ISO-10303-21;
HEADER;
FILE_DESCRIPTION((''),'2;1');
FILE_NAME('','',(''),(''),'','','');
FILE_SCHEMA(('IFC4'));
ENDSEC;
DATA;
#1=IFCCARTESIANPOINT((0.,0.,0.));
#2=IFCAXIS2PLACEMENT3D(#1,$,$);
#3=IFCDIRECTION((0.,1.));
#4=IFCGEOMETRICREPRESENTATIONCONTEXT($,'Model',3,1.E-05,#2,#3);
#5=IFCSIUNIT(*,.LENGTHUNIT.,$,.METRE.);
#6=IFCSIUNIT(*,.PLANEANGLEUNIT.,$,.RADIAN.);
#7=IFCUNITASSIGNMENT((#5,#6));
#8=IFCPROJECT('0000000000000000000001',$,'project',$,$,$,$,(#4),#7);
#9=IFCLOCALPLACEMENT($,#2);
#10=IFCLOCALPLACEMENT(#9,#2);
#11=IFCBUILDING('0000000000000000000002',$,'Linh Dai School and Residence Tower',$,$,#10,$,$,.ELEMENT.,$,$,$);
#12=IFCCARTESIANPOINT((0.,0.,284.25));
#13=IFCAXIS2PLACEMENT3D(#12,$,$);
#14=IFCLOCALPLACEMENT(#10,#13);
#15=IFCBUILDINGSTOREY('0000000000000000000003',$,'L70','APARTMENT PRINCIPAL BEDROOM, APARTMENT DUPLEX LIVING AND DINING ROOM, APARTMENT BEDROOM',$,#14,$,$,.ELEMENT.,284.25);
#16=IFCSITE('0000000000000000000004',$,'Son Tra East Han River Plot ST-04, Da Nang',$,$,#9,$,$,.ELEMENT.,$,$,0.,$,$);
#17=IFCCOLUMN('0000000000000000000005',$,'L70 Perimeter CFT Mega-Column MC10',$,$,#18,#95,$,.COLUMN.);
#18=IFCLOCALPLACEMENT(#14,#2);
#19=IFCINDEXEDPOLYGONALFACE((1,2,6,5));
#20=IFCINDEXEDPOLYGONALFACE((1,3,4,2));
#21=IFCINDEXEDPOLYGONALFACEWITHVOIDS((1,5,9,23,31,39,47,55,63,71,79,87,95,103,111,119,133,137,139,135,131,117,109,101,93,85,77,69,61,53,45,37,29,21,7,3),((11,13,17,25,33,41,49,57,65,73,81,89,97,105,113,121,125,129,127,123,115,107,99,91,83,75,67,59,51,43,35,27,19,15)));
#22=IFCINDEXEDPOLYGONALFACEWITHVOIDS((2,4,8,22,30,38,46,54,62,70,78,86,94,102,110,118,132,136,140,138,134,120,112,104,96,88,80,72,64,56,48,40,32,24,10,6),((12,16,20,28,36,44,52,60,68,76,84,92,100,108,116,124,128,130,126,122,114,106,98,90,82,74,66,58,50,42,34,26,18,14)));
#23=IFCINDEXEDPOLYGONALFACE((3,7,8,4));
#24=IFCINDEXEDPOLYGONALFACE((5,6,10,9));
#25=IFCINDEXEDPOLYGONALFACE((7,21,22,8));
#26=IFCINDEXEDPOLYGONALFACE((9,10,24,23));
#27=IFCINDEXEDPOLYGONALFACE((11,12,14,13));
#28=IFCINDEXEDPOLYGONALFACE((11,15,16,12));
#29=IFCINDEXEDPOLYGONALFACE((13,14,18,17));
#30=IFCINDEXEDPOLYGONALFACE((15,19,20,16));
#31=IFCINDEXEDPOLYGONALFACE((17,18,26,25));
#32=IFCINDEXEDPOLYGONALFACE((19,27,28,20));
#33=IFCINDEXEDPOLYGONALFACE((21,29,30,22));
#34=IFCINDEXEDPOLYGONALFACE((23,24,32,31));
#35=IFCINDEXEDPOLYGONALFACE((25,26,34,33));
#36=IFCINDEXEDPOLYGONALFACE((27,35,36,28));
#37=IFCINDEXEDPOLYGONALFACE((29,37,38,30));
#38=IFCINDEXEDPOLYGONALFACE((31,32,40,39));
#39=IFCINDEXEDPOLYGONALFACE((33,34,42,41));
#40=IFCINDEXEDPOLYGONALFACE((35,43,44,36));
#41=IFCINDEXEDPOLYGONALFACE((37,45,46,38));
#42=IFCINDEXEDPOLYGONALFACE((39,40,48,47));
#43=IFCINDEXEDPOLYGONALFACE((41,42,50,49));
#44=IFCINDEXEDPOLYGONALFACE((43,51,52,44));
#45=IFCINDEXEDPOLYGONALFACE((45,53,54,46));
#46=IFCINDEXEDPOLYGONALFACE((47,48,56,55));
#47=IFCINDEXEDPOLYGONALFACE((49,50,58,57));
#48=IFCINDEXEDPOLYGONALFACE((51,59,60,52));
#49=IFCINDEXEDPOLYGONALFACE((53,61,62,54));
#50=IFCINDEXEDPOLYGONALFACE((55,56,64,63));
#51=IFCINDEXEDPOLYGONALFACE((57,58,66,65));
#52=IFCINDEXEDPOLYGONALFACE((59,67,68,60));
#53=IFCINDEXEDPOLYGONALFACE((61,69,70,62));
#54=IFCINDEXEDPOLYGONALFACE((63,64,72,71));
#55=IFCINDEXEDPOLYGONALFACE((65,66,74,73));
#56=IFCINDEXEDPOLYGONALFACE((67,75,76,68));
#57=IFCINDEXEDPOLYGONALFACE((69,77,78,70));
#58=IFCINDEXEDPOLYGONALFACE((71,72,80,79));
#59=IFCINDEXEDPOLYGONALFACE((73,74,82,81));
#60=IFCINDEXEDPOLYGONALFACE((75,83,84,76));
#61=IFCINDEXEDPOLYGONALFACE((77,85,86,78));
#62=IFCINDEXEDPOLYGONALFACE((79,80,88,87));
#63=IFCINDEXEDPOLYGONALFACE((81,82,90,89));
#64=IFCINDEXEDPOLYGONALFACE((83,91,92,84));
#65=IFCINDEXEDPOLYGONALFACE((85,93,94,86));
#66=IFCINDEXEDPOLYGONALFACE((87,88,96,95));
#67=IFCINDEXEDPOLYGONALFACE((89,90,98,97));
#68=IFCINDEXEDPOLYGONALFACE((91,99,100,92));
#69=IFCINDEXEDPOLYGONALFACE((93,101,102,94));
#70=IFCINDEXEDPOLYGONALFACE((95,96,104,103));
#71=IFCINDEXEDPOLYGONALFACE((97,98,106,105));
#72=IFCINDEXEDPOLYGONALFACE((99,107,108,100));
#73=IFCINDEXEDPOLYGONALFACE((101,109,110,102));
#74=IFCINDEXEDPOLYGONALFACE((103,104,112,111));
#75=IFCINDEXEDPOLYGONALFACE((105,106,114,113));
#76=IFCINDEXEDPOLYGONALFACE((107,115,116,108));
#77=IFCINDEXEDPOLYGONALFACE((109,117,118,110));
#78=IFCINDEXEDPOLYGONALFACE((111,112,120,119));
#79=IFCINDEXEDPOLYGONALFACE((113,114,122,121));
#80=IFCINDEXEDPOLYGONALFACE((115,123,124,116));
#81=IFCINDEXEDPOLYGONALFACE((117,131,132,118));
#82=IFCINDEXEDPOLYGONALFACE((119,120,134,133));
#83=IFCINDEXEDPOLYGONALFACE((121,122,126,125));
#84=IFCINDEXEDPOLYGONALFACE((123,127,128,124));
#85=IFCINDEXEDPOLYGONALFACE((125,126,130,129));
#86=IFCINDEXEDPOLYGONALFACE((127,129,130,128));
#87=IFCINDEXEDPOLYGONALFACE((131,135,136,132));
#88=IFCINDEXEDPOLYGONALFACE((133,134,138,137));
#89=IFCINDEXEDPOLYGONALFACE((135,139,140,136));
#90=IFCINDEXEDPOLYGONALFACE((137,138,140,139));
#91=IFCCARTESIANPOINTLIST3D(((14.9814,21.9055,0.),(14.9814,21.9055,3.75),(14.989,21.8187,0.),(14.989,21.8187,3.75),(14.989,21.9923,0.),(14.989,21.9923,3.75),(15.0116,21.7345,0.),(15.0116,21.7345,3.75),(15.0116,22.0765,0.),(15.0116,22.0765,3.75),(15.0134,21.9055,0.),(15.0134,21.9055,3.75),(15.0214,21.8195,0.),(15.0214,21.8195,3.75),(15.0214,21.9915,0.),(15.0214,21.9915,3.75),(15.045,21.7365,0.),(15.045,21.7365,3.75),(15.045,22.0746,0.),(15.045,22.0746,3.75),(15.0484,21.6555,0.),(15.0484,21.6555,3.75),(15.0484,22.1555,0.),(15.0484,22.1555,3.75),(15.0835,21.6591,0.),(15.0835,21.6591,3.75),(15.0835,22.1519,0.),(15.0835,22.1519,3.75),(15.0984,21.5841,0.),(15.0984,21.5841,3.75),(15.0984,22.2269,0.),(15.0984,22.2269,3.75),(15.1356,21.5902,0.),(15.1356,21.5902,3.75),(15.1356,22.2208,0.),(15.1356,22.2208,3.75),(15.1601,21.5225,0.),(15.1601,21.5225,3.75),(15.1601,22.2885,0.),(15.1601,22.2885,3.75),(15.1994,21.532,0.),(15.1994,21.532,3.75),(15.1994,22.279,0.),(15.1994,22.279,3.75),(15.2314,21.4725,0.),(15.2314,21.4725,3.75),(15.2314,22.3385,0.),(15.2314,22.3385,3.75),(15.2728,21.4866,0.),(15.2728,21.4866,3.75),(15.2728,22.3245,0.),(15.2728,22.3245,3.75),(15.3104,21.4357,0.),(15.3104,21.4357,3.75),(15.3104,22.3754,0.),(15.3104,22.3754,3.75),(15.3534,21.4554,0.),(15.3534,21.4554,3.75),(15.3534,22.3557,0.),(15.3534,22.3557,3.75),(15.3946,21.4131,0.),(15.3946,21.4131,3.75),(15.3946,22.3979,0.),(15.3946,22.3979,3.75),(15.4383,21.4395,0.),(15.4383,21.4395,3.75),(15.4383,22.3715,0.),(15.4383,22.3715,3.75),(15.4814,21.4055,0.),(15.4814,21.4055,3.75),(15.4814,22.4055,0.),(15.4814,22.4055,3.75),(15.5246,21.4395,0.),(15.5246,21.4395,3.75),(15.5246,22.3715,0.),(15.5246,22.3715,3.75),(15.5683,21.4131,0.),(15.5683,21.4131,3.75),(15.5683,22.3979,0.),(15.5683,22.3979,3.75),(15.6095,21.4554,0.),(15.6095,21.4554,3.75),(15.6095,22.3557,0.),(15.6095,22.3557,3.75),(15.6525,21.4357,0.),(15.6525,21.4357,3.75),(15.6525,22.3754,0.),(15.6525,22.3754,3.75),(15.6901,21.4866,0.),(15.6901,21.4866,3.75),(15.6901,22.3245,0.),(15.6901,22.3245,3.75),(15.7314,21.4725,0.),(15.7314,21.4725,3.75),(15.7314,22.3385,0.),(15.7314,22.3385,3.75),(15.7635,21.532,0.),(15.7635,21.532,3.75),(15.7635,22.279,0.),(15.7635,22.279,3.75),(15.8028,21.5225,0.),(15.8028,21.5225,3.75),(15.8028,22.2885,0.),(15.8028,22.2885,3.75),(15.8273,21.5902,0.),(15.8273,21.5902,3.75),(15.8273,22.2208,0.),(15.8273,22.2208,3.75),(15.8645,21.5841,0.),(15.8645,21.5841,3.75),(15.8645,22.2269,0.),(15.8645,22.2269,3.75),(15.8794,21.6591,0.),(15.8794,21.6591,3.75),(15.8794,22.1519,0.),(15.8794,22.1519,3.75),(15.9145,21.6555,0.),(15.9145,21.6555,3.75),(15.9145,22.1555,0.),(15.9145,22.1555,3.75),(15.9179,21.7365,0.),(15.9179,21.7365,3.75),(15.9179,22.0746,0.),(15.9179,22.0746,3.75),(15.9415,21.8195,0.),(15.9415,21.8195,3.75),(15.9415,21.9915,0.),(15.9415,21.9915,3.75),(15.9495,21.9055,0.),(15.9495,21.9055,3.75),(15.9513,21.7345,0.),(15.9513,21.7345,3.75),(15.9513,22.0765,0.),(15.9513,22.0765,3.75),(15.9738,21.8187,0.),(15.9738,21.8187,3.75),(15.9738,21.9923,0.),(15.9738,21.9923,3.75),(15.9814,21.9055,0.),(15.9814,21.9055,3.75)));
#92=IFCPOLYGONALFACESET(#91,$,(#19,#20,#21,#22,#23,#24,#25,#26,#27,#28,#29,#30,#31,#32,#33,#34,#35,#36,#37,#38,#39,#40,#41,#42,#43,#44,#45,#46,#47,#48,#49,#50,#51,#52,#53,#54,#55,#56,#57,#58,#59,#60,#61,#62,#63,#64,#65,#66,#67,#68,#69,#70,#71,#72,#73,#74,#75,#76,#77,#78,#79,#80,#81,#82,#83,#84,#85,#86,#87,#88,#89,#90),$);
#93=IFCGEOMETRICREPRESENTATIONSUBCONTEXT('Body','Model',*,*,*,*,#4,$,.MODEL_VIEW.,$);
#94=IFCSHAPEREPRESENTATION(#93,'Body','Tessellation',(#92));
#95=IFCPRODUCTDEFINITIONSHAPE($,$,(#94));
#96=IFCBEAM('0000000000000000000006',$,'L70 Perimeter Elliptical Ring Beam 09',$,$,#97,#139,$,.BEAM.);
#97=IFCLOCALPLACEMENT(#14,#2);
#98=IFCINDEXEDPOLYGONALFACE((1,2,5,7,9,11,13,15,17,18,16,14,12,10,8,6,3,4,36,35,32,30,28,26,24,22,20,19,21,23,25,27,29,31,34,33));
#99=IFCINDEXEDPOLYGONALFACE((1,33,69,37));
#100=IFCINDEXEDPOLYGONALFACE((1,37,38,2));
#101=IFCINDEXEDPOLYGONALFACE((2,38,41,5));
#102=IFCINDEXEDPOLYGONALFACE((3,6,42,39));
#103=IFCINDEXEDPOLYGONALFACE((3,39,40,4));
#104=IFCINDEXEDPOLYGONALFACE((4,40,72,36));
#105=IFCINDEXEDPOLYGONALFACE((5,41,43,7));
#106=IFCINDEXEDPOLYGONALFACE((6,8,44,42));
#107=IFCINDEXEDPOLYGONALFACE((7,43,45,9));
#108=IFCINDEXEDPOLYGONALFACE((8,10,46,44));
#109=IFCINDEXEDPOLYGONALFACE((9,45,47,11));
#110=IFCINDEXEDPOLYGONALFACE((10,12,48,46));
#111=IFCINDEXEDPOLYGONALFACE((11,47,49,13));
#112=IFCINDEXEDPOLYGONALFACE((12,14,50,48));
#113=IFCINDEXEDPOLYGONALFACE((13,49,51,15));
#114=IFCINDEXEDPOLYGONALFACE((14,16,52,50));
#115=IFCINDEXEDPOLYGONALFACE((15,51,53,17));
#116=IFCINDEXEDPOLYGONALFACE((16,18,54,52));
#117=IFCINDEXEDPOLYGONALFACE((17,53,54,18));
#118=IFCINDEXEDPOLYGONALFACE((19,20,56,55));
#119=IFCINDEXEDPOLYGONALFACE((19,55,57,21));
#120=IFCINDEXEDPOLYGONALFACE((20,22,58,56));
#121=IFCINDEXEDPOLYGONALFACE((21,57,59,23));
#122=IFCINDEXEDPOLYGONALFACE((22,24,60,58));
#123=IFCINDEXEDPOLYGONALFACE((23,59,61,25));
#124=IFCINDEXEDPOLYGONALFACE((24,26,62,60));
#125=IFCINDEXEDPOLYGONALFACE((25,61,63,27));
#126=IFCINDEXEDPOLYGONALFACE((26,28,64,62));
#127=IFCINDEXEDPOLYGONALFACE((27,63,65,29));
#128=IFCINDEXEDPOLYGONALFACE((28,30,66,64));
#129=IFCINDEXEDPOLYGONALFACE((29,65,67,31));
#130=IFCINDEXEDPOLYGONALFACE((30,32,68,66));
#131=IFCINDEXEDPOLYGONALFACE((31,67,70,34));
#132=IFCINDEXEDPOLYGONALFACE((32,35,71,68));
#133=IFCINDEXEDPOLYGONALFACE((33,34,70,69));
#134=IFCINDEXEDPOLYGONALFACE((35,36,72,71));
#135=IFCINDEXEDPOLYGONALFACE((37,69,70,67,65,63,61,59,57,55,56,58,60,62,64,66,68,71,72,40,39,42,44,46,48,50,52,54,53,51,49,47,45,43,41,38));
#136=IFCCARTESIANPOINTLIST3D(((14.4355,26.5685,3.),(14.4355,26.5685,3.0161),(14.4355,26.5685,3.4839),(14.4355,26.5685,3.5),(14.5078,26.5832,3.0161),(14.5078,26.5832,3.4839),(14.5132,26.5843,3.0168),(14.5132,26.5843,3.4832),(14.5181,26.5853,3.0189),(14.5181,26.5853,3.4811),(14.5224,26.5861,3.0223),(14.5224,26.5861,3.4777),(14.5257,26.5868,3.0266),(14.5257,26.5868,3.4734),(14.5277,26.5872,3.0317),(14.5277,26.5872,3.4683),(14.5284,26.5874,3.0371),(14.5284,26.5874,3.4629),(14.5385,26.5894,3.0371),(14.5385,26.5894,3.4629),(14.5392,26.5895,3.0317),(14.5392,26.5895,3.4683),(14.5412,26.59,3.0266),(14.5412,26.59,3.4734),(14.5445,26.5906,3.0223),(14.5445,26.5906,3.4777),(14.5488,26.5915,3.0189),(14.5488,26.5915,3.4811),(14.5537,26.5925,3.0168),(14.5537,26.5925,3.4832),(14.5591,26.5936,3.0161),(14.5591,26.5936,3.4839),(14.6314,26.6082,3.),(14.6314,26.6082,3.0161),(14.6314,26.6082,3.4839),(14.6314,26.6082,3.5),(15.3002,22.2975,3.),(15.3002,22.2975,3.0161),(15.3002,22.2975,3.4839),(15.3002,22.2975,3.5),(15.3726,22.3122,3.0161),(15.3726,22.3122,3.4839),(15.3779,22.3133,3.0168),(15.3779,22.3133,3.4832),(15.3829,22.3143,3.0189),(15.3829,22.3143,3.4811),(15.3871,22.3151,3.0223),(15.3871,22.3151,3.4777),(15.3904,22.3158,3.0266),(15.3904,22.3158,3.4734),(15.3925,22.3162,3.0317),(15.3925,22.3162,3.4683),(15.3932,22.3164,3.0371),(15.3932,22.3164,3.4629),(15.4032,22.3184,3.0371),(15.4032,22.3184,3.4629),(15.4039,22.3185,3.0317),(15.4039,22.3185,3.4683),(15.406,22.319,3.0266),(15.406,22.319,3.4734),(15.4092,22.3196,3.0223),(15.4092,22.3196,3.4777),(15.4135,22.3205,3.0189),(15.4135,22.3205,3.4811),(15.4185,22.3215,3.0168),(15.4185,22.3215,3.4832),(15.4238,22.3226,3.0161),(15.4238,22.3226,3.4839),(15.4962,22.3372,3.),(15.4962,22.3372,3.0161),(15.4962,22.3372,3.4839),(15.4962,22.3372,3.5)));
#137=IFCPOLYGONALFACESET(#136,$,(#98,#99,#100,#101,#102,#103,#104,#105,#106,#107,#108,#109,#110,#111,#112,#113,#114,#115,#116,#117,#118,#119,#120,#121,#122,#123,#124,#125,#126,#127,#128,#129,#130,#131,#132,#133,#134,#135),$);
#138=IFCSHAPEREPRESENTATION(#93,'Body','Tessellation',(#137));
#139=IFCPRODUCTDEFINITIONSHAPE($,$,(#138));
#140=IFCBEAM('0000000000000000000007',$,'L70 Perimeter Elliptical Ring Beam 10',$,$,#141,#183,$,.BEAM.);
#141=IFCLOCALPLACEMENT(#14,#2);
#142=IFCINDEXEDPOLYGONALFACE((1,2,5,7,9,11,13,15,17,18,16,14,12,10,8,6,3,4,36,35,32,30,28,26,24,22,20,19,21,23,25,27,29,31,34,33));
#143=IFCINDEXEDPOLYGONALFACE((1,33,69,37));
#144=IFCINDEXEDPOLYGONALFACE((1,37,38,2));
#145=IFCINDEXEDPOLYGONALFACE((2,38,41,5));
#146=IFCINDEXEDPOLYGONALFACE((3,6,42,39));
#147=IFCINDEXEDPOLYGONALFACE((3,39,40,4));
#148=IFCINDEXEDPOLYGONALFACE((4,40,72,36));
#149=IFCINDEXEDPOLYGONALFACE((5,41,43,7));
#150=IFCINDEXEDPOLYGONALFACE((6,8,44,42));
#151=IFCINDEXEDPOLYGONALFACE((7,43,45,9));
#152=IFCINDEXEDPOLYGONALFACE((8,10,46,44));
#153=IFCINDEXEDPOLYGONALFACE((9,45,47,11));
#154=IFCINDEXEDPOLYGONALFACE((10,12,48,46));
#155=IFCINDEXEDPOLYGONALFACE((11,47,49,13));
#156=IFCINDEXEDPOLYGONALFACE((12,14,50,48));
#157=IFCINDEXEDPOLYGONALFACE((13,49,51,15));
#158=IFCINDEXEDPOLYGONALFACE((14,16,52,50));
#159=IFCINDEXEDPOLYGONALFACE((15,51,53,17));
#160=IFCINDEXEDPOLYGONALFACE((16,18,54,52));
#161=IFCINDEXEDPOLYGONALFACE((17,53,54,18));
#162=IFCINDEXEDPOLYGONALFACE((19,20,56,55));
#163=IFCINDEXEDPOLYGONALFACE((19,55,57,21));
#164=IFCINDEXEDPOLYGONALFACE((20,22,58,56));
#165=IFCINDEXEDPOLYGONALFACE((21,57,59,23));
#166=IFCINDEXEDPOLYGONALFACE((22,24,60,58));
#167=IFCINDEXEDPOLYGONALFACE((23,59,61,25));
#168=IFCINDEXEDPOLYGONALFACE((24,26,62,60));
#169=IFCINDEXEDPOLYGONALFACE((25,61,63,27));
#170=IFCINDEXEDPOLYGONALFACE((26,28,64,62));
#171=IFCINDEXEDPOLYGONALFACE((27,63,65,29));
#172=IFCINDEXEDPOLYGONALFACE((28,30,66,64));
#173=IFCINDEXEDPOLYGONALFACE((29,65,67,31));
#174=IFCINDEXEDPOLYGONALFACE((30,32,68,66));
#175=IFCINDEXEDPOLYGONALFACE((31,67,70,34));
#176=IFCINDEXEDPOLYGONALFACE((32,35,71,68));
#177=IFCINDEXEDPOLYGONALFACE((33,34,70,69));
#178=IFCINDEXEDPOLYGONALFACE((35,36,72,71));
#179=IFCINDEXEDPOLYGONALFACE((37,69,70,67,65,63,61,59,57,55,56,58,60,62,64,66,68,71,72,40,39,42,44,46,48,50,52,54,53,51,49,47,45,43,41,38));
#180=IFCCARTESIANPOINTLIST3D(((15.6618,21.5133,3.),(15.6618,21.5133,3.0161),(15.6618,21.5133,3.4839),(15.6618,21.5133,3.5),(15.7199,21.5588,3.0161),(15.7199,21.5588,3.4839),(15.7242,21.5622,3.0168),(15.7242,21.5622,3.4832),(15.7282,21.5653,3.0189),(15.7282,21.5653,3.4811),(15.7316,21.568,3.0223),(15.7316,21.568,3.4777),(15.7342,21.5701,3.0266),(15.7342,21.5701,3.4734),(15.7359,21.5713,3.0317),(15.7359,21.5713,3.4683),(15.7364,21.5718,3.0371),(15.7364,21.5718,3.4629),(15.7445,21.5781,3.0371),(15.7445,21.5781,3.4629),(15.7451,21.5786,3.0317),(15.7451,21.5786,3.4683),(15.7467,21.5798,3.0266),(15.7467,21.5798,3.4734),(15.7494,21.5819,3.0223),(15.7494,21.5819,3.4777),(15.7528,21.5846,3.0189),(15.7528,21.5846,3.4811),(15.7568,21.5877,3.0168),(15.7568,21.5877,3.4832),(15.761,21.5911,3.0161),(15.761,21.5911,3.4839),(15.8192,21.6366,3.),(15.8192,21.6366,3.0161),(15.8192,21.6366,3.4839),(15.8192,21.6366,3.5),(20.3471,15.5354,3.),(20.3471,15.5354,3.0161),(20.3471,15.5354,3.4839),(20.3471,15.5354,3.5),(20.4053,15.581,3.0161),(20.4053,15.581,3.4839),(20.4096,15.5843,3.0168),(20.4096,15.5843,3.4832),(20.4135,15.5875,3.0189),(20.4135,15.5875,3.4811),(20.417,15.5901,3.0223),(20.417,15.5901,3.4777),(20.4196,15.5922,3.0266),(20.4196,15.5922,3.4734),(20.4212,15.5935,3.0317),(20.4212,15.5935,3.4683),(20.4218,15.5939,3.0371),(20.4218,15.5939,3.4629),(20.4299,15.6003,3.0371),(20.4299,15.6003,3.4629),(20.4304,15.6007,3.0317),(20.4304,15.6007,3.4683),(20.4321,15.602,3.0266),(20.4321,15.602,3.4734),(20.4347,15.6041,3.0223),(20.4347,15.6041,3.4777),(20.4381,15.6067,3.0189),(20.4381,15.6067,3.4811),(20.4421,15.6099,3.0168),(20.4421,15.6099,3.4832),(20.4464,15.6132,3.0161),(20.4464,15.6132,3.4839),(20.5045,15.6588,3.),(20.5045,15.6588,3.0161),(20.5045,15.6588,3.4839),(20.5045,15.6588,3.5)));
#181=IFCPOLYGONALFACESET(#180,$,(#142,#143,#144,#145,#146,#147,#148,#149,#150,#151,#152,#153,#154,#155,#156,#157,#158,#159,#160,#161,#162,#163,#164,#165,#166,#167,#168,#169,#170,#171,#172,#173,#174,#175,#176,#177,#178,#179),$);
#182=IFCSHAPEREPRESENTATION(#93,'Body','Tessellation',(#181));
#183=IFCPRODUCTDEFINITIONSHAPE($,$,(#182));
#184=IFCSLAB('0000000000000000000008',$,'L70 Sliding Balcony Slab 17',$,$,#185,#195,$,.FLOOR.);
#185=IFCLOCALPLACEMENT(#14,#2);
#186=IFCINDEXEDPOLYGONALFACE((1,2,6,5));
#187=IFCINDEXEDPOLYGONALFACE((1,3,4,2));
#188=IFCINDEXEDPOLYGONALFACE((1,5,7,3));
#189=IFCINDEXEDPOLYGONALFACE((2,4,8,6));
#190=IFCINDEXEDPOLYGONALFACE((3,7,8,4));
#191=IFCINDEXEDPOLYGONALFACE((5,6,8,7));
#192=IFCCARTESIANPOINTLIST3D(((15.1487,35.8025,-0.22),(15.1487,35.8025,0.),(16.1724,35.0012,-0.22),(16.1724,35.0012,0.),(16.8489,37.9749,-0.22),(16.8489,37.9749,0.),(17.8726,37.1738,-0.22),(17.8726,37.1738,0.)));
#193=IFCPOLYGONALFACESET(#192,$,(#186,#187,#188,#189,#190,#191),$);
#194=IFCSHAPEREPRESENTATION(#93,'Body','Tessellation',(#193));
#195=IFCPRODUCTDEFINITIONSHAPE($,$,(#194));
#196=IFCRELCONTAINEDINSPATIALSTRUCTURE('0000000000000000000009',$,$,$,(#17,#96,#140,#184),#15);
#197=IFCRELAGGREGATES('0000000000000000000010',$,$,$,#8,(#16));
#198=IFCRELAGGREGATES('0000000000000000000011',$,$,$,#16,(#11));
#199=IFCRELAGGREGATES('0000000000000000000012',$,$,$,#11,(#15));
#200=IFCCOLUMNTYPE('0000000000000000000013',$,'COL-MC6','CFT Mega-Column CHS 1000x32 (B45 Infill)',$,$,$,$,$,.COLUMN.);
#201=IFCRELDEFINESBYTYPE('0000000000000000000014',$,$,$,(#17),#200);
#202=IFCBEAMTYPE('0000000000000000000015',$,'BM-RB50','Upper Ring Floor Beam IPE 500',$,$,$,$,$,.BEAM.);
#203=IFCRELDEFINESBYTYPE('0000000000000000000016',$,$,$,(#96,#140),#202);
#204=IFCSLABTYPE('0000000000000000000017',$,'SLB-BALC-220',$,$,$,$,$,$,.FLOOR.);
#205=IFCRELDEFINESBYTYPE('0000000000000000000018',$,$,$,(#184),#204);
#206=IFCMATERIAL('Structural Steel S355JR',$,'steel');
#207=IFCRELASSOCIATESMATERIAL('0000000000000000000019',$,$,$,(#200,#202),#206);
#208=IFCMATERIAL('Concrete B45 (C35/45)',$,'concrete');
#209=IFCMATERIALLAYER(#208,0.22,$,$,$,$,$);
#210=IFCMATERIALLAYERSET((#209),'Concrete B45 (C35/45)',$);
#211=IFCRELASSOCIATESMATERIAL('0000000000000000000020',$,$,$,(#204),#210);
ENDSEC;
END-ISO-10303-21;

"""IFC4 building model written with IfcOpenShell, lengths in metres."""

from ifc_helpers import new_model, si_unit, direction, frame, origin, origin_2d, place, context, subcontext, project, spatial, polyline, hollow_circle, i_section, outline, extrude, material, layer, layer_set, material_profile, profile_set, type_object, element, save


model = new_model("IFC4")

# Units and contexts
model_context = context("Model", 3, precision=1e-05, world=origin(), true_north=direction((0.0, 1.0)))
body_context = subcontext(model_context, "Body", "Model", "MODEL_VIEW")
ifc_project = project(units=[si_unit("LENGTHUNIT", "METRE"), si_unit("PLANEANGLEUNIT", "RADIAN")], contexts=[model_context])

# Site, building, storey
site_placement = place(None, origin())
site = spatial("IfcSite", under=ifc_project, at=site_placement, Name="Son Tra East Han River Plot ST-04, Da Nang", CompositionType="ELEMENT", RefElevation=0.0)
building_placement = place(site_placement, origin())
building = spatial("IfcBuilding", under=site, at=building_placement, Name="Linh Dai School and Residence Tower", CompositionType="ELEMENT")
storey_placement = place(building_placement, frame((0.0, 0.0, 284.25)))
storey = spatial("IfcBuildingStorey", under=building, at=storey_placement, Name="L70", Description="APARTMENT PRINCIPAL BEDROOM, APARTMENT DUPLEX LIVING AND DINING ROOM, APARTMENT BEDROOM", CompositionType="ELEMENT", Elevation=284.25)

# Column
ifc_material_1 = material(Name="Structural Steel S355JR", Category="steel")
ifc_material_profile_1 = material_profile(ifc_material_1, hollow_circle(Radius=0.5, WallThickness=0.032, at=origin_2d()), Name="CHS 1000x32")
ifc_profile_set_1 = profile_set([ifc_material_profile_1], Name="Structural Steel S355JR")
column_type = type_object("IfcColumnType", Name="COL-MC6", Description="CFT Mega-Column CHS 1000x32 (B45 Infill)", PredefinedType="COLUMN", material=ifc_profile_set_1)
column_placement = place(storey_placement, frame((15.4814, 21.9055, 0.0), z_axis=(0.0, 0.0, 1.0), x_axis=(1.0, 0.0, 0.0)))
element("IfcColumn", 1, at=column_placement, inside=storey, type_object=column_type, Name="L70 Perimeter CFT Mega-Column MC10", PredefinedType="COLUMN", context=body_context, shape_type="SweptSolid", body=[
    extrude(hollow_circle(Radius=0.5, WallThickness=0.032, at=origin_2d()), origin(), (0.0, 0.0, 1.0), 3.75),
])

# Beams
ifc_material_profile_2 = material_profile(ifc_material_1, i_section(OverallWidth=0.2, OverallDepth=0.5, WebThickness=0.0103, FlangeThickness=0.0161, FilletRadius=0.021, at=origin_2d()), Name="IPE 500")
ifc_profile_set_2 = profile_set([ifc_material_profile_2], Name="Structural Steel S355JR")
beam_type = type_object("IfcBeamType", Name="BM-RB50", Description="Upper Ring Floor Beam IPE 500", PredefinedType="BEAM", material=ifc_profile_set_2)
beam_1_placement = place(storey_placement, frame((14.5334, 26.5884, 3.25), z_axis=(0.198443, -0.980112, 0.0), x_axis=(0.980112, 0.198443, 0.0)))
element("IfcBeam", 2, at=beam_1_placement, inside=storey, type_object=beam_type, Name="L70 Perimeter Elliptical Ring Beam 09", PredefinedType="BEAM", context=body_context, shape_type="SweptSolid", body=[
    extrude(i_section(OverallWidth=0.2, OverallDepth=0.5, WebThickness=0.0103, FlangeThickness=0.0161, FilletRadius=0.021, at=origin_2d()), origin(), (0.0, 0.0, 1.0), 4.3577),
])
beam_2_placement = place(storey_placement, frame((15.7405, 21.575, 3.25), z_axis=(0.616883, -0.787055, 0.0), x_axis=(0.787055, 0.616883, 0.0)))
element("IfcBeam", 3, at=beam_2_placement, inside=storey, type_object=beam_type, Name="L70 Perimeter Elliptical Ring Beam 10", PredefinedType="BEAM", context=body_context, shape_type="SweptSolid", body=[
    extrude(i_section(OverallWidth=0.2, OverallDepth=0.5, WebThickness=0.0103, FlangeThickness=0.0161, FilletRadius=0.021, at=origin_2d()), origin(), (0.0, 0.0, 1.0), 7.5952),
])

# Slab
ifc_material_2 = material(Name="Concrete B45 (C35/45)", Category="concrete")
ifc_layer_1 = layer(ifc_material_2, 0.22)
ifc_layer_set_1 = layer_set([ifc_layer_1], Name="Concrete B45 (C35/45)")
slab_type_1 = type_object("IfcSlabType", Name="SLB-BALC-220", PredefinedType="FLOOR", material=ifc_layer_set_1)
slab_1_placement = place(storey_placement, frame((0.0, 0.0, -0.22)))
element("IfcSlab", 4, at=slab_1_placement, inside=storey, type_object=slab_type_1, Name="L70 Sliding Balcony Slab 17", PredefinedType="FLOOR", context=body_context, shape_type="SweptSolid", body=[
    extrude(outline(polyline([(16.1724, 35.0012), (17.8726, 37.1738), (16.8489, 37.9749), (15.1487, 35.8025), (16.1724, 35.0012)])), origin(), (0.0, 0.0, 1.0), 0.22),
])

save(model, "model.ifc")
